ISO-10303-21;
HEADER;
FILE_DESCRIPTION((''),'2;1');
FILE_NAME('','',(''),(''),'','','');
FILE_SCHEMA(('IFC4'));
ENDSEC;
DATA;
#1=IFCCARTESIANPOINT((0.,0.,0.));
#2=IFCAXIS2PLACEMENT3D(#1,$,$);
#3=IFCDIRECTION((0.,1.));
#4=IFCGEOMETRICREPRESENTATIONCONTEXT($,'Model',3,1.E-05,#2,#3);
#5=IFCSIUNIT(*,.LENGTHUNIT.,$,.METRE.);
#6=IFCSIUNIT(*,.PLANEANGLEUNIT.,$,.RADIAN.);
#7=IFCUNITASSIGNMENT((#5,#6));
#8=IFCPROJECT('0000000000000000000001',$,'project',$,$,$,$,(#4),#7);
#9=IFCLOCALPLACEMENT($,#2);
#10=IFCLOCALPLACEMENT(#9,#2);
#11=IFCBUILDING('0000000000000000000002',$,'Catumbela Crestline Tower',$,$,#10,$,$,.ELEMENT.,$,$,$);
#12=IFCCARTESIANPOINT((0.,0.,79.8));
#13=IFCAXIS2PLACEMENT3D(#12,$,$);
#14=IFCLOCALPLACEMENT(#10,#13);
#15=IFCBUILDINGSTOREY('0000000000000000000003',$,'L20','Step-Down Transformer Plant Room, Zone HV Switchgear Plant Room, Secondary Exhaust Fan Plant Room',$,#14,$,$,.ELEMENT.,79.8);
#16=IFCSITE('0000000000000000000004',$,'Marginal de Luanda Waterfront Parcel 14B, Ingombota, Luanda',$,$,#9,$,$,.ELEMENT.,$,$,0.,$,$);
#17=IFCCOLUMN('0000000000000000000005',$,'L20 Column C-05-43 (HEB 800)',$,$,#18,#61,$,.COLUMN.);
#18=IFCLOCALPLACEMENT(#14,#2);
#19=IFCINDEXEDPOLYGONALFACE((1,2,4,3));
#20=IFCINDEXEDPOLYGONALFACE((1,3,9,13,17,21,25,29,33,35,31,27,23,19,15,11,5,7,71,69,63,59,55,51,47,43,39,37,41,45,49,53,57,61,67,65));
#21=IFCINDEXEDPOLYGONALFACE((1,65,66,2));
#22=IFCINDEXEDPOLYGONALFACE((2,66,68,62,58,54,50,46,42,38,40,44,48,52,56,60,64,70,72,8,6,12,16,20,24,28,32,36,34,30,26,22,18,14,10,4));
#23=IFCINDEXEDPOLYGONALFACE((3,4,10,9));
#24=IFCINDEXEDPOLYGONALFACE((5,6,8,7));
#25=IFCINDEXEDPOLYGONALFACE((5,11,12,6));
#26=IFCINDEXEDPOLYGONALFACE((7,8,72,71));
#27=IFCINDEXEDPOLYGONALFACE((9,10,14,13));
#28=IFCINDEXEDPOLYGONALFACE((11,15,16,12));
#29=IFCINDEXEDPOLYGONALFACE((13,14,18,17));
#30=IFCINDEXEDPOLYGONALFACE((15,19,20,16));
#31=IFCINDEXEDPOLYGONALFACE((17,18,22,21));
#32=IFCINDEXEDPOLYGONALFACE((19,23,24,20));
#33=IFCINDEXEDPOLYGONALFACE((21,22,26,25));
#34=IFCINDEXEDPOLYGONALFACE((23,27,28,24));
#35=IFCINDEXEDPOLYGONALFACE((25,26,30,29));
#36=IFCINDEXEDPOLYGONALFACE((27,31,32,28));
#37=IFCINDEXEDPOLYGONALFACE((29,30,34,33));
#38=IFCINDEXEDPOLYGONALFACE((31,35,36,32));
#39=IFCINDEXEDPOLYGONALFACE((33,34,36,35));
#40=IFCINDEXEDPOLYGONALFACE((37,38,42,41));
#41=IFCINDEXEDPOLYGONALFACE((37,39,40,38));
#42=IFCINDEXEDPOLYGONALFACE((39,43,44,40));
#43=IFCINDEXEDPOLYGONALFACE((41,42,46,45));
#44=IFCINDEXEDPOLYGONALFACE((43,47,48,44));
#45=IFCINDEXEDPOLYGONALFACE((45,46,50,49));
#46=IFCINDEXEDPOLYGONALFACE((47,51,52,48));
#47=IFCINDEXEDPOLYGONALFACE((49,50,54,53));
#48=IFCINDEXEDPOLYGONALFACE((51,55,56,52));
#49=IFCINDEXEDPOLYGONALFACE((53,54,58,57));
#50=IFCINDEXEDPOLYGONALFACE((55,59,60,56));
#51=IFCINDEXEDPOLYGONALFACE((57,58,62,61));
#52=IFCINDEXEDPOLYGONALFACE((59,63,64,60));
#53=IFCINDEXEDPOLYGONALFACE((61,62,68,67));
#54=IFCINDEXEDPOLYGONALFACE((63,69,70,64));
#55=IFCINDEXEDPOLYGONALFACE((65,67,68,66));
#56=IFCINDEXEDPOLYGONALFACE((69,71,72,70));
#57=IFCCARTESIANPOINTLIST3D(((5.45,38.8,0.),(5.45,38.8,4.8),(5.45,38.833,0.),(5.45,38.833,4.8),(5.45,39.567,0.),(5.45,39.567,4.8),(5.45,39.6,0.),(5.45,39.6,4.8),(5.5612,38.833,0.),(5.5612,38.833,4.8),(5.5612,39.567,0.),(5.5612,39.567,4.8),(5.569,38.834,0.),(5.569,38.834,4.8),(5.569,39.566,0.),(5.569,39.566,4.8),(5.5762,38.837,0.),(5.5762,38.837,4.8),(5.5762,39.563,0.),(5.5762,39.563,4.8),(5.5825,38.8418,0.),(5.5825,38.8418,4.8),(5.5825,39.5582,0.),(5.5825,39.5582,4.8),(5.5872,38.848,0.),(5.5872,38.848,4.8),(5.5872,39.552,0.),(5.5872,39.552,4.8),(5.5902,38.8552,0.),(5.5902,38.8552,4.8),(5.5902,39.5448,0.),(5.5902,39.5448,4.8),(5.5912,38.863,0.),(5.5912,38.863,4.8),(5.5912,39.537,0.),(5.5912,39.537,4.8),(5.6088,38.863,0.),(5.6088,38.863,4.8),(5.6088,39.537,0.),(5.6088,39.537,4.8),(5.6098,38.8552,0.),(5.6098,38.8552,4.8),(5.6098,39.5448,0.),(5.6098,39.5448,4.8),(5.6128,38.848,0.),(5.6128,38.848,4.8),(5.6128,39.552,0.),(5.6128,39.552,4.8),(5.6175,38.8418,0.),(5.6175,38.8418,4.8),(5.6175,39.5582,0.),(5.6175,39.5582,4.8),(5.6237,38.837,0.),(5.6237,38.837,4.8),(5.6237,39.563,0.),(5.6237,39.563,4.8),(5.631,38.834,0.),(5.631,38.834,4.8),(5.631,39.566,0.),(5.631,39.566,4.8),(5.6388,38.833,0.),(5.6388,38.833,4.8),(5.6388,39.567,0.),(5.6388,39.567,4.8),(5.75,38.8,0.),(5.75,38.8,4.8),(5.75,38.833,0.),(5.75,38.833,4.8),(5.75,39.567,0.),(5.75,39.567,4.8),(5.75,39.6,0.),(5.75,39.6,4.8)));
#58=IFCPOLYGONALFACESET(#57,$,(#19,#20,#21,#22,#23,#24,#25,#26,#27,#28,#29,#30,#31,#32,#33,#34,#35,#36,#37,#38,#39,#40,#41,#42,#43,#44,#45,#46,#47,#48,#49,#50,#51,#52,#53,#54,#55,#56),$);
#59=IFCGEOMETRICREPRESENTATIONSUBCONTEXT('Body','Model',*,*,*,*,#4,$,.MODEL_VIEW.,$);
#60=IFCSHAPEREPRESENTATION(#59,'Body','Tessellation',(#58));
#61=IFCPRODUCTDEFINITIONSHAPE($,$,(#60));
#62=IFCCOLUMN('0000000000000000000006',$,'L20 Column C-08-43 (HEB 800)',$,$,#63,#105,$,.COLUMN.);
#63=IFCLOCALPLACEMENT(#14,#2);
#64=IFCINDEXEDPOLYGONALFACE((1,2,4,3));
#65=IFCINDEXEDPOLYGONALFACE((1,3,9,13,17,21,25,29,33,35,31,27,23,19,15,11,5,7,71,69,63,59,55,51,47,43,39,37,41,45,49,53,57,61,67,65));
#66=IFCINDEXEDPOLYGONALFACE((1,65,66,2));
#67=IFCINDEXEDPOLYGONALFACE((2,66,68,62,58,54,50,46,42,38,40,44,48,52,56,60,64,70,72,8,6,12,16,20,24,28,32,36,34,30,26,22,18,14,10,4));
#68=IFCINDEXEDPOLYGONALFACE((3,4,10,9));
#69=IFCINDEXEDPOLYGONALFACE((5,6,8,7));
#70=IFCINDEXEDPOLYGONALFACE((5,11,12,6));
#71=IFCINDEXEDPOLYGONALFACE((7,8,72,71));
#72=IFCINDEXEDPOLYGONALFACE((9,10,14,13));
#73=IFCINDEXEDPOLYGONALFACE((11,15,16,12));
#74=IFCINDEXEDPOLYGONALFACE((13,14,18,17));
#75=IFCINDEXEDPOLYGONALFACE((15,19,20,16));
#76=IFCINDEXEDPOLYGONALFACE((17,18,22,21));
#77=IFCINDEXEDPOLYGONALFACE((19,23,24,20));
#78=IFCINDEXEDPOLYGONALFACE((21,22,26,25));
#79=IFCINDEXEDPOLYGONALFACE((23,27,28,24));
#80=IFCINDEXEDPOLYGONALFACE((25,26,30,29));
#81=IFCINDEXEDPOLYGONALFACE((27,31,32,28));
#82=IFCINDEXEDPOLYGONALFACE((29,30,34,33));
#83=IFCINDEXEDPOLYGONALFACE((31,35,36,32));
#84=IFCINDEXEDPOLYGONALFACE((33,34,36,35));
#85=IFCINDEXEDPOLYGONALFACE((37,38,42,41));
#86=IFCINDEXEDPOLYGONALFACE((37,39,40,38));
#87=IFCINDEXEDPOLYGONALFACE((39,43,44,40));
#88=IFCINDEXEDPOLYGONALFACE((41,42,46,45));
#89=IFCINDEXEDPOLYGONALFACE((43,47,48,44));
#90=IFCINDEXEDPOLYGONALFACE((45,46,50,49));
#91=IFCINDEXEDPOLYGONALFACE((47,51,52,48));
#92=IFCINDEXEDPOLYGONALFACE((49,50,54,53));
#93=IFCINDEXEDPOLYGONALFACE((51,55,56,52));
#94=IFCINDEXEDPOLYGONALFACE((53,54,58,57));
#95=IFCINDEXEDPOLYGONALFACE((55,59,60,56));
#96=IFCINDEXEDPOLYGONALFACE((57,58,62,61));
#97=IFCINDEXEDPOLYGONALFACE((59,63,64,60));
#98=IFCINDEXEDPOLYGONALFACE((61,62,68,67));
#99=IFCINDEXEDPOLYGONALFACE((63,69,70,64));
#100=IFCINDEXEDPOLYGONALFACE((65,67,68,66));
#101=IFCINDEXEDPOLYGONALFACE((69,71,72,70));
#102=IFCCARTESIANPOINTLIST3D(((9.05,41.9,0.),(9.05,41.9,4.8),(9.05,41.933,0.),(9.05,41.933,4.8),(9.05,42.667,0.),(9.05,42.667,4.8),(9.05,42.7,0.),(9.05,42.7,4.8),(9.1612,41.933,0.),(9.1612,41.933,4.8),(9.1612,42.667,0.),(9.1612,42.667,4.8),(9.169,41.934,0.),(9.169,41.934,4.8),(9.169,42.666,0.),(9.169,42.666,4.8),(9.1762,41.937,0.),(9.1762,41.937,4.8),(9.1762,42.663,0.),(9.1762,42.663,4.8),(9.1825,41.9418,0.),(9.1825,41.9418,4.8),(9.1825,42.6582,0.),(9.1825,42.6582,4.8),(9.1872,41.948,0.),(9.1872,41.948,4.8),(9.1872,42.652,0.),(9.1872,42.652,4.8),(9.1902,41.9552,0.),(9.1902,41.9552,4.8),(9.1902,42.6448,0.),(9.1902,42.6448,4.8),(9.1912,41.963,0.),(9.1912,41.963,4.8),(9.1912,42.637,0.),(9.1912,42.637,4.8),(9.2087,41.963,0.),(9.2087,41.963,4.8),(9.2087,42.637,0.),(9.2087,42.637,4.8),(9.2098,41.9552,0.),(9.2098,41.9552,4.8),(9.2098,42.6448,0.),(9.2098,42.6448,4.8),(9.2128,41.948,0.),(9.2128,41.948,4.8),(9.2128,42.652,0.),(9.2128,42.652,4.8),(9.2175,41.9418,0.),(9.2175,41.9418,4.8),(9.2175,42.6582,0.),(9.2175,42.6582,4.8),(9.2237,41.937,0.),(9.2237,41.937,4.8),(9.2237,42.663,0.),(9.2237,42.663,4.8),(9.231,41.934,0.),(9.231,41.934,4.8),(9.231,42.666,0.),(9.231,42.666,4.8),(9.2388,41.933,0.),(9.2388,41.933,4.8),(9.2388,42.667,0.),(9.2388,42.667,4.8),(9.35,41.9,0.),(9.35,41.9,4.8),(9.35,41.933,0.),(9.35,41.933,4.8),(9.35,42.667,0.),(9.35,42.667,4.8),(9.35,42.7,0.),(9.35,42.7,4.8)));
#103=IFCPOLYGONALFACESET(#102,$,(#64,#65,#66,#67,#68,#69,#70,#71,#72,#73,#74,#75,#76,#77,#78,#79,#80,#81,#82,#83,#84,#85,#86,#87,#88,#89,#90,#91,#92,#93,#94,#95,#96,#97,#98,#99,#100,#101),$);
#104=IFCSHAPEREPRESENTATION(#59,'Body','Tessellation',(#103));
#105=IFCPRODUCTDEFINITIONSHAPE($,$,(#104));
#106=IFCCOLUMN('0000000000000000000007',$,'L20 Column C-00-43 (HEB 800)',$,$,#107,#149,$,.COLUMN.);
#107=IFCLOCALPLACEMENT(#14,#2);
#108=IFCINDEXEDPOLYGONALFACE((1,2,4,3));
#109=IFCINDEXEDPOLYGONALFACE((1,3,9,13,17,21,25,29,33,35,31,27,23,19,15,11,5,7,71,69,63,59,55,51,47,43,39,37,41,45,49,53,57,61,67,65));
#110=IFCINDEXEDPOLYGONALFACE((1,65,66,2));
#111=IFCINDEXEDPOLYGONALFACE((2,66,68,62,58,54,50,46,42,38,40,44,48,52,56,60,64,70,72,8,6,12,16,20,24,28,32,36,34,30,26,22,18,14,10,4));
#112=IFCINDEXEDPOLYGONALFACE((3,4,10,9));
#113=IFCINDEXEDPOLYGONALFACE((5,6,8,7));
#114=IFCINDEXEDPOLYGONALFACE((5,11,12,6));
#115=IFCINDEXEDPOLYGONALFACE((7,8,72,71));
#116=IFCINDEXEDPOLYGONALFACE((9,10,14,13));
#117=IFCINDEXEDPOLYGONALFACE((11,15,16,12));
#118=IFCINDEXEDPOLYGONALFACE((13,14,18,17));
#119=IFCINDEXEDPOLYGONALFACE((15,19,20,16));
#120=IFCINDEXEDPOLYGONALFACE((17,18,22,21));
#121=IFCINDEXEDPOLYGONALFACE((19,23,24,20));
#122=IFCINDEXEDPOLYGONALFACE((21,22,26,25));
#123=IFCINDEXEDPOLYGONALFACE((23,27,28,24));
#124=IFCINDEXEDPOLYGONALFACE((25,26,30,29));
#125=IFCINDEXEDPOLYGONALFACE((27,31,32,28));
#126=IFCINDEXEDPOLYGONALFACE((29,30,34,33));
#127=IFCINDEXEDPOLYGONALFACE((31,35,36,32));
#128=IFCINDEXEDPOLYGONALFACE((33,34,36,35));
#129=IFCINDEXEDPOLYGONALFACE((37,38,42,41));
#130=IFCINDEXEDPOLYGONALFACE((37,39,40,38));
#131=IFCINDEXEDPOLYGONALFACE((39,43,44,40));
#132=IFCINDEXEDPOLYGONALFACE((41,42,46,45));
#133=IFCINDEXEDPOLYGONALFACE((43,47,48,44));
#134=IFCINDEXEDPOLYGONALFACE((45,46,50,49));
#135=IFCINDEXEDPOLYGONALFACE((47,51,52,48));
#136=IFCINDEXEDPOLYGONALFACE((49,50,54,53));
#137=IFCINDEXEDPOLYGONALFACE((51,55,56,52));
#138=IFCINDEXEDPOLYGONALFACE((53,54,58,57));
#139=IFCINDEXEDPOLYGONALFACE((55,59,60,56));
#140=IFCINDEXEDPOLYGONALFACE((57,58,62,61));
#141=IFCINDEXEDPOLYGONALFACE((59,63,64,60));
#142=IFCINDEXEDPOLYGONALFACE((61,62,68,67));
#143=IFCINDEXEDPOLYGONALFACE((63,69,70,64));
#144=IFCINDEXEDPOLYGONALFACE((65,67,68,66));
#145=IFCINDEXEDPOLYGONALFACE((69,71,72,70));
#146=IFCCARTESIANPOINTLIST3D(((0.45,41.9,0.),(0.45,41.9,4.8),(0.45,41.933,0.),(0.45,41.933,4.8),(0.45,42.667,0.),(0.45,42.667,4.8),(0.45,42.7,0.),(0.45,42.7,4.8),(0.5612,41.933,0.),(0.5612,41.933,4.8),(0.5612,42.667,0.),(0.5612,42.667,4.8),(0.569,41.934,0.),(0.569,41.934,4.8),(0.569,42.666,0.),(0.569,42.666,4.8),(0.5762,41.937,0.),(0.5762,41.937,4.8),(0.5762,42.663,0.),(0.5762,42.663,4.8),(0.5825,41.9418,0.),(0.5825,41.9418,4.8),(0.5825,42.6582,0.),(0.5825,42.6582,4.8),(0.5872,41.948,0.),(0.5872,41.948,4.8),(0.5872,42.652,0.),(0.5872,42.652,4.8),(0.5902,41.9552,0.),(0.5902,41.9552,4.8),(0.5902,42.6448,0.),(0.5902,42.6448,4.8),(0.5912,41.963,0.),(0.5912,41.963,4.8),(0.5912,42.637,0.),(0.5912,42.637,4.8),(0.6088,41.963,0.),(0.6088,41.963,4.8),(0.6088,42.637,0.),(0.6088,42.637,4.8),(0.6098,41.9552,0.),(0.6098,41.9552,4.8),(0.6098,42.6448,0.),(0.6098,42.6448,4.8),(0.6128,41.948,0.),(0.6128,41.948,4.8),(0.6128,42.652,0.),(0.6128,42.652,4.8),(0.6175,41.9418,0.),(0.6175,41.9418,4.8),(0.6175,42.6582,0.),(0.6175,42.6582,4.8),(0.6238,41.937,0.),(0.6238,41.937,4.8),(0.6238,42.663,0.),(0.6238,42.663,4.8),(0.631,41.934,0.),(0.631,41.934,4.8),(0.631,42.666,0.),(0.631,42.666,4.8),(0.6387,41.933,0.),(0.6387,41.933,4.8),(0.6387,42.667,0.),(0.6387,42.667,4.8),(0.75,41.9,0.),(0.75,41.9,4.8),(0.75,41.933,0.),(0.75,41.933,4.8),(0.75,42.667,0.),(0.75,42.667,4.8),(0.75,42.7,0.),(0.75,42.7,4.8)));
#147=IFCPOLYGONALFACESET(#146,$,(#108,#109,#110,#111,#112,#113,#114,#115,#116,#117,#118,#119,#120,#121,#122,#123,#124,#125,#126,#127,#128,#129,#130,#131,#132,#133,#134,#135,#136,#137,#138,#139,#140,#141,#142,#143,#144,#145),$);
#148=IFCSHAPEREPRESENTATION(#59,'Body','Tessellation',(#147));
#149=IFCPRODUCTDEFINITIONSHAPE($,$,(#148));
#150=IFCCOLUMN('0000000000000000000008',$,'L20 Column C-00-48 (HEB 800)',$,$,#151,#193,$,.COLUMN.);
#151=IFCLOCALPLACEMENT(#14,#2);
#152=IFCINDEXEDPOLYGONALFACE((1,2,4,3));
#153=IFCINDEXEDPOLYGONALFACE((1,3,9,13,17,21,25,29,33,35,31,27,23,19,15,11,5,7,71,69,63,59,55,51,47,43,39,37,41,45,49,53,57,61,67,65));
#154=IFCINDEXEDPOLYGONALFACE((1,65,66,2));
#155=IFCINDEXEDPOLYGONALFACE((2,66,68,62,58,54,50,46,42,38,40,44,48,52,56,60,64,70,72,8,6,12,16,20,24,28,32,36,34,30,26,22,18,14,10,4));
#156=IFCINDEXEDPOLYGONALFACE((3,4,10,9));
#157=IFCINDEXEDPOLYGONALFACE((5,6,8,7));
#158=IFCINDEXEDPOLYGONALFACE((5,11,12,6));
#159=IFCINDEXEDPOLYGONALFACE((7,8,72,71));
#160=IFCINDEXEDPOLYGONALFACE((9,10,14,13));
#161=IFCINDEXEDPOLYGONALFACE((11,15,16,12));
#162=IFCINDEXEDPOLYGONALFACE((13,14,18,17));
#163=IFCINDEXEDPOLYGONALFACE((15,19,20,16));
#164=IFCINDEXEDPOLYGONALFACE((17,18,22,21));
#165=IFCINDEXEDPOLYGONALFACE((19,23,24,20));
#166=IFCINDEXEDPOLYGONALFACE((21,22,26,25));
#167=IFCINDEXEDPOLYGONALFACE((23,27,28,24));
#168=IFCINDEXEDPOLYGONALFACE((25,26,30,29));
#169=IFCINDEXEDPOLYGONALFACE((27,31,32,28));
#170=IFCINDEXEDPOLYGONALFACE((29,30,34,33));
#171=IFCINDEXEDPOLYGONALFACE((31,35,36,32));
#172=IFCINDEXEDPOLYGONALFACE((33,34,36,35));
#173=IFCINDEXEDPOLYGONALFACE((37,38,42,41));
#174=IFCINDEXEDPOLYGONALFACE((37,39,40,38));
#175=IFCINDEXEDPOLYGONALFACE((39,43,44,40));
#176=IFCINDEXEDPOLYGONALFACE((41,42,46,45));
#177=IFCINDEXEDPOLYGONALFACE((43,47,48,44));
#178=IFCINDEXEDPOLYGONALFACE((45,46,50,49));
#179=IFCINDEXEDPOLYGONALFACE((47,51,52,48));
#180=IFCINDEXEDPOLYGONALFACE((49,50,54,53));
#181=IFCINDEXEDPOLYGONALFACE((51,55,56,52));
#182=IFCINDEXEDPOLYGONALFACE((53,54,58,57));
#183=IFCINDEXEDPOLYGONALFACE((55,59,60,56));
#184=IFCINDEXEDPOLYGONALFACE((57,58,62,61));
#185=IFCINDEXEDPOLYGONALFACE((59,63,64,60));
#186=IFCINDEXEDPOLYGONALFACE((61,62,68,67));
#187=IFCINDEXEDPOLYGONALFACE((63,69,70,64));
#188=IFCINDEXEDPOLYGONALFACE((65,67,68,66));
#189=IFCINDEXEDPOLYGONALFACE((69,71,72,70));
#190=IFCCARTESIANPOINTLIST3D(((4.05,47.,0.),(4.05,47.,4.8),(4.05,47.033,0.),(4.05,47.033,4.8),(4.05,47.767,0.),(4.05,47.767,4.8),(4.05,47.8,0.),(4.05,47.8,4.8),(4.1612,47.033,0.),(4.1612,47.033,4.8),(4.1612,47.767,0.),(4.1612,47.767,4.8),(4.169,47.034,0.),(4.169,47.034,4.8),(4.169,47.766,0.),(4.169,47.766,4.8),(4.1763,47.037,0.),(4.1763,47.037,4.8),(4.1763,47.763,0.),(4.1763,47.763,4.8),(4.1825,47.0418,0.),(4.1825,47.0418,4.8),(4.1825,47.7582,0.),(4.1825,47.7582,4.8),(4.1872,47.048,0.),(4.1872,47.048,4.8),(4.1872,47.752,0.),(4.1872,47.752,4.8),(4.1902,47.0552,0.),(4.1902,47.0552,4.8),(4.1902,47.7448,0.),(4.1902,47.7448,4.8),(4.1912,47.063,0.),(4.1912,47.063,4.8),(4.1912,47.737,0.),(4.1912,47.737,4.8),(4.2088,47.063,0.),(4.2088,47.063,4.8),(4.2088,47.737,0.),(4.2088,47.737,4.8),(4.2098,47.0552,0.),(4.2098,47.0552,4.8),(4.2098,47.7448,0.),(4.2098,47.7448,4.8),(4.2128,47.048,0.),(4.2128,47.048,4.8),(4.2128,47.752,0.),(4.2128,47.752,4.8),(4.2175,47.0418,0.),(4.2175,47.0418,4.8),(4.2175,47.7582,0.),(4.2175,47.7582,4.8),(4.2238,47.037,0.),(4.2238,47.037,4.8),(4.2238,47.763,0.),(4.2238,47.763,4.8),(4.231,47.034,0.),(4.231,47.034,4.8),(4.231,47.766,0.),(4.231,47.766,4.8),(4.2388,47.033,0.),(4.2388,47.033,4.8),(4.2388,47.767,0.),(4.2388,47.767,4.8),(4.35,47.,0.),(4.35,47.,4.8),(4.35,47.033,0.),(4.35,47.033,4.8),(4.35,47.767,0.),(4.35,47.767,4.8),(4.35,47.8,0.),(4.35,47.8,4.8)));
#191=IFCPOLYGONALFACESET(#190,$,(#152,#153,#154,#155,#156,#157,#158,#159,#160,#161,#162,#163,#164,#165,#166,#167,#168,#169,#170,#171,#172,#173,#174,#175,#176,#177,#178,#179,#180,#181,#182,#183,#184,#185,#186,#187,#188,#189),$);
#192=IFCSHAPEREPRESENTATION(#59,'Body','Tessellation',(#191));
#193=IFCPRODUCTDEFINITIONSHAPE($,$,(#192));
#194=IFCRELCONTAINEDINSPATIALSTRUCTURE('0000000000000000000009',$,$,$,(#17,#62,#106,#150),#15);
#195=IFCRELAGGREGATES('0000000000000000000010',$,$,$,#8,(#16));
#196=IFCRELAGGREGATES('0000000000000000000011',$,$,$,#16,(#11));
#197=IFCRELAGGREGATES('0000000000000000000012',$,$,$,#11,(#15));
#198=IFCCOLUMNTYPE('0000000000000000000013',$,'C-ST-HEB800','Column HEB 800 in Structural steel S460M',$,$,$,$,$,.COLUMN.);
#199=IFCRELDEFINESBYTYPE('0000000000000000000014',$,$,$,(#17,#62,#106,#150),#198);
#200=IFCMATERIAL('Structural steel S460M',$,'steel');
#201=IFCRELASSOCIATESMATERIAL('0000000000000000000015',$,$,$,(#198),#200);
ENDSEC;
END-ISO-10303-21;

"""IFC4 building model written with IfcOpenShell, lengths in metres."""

from ifc_helpers import new_model, si_unit, direction, frame, origin, origin_2d, place, context, subcontext, project, spatial, i_section, extrude, material, material_profile, profile_set, type_object, element, save


model = new_model("IFC4")

# Units and contexts
model_context = context("Model", 3, precision=1e-05, world=origin(), true_north=direction((0.0, 1.0)))
body_context = subcontext(model_context, "Body", "Model", "MODEL_VIEW")
ifc_project = project(units=[si_unit("LENGTHUNIT", "METRE"), si_unit("PLANEANGLEUNIT", "RADIAN")], contexts=[model_context])

# Site, building, storey
site_placement = place(None, origin())
site = spatial("IfcSite", under=ifc_project, at=site_placement, Name="Marginal de Luanda Waterfront Parcel 14B, Ingombota, Luanda", CompositionType="ELEMENT", RefElevation=0.0)
building_placement = place(site_placement, origin())
building = spatial("IfcBuilding", under=site, at=building_placement, Name="Catumbela Crestline Tower", CompositionType="ELEMENT")
storey_placement = place(building_placement, frame((0.0, 0.0, 79.8)))
storey = spatial("IfcBuildingStorey", under=building, at=storey_placement, Name="L20", Description="Step-Down Transformer Plant Room, Zone HV Switchgear Plant Room, Secondary Exhaust Fan Plant Room", CompositionType="ELEMENT", Elevation=79.8)

# Columns
ifc_material_1 = material(Name="Structural steel S460M", Category="steel")
ifc_material_profile_1 = material_profile(ifc_material_1, i_section(OverallWidth=0.3, OverallDepth=0.8, WebThickness=0.0175, FlangeThickness=0.033, FilletRadius=0.03, at=origin_2d()), Name="HEB 800")
ifc_profile_set_1 = profile_set([ifc_material_profile_1], Name="Structural steel S460M")
column_type = type_object("IfcColumnType", Name="C-ST-HEB800", Description="Column HEB 800 in Structural steel S460M", PredefinedType="COLUMN", material=ifc_profile_set_1)
for number, where, z_axis, x_axis, name in (
    (1, (5.6, 39.2, 0.0), (0.0, 0.0, 1.0), (1.0, 0.0, 0.0), "L20 Column C-05-43 (HEB 800)"),
    (2, (9.2, 42.3, 0.0), (0.0, 0.0, 1.0), (1.0, 0.0, 0.0), "L20 Column C-08-43 (HEB 800)"),
    (3, (0.6, 42.3, 0.0), (0.0, 0.0, 1.0), (1.0, 0.0, 0.0), "L20 Column C-00-43 (HEB 800)"),
    (4, (4.2, 47.4, 0.0), (0.0, 0.0, 1.0), (1.0, 0.0, 0.0), "L20 Column C-00-48 (HEB 800)"),
):
    element("IfcColumn", number, at=place(storey_placement, frame(where, z_axis=z_axis, x_axis=x_axis)), inside=storey, type_object=column_type, Name=name, PredefinedType="COLUMN", context=body_context, shape_type="SweptSolid", body=[
        extrude(i_section(OverallWidth=0.3, OverallDepth=0.8, WebThickness=0.0175, FlangeThickness=0.033, FilletRadius=0.03, at=origin_2d()), origin(), (0.0, 0.0, 1.0), 4.8),
    ])

save(model, "model.ifc")
